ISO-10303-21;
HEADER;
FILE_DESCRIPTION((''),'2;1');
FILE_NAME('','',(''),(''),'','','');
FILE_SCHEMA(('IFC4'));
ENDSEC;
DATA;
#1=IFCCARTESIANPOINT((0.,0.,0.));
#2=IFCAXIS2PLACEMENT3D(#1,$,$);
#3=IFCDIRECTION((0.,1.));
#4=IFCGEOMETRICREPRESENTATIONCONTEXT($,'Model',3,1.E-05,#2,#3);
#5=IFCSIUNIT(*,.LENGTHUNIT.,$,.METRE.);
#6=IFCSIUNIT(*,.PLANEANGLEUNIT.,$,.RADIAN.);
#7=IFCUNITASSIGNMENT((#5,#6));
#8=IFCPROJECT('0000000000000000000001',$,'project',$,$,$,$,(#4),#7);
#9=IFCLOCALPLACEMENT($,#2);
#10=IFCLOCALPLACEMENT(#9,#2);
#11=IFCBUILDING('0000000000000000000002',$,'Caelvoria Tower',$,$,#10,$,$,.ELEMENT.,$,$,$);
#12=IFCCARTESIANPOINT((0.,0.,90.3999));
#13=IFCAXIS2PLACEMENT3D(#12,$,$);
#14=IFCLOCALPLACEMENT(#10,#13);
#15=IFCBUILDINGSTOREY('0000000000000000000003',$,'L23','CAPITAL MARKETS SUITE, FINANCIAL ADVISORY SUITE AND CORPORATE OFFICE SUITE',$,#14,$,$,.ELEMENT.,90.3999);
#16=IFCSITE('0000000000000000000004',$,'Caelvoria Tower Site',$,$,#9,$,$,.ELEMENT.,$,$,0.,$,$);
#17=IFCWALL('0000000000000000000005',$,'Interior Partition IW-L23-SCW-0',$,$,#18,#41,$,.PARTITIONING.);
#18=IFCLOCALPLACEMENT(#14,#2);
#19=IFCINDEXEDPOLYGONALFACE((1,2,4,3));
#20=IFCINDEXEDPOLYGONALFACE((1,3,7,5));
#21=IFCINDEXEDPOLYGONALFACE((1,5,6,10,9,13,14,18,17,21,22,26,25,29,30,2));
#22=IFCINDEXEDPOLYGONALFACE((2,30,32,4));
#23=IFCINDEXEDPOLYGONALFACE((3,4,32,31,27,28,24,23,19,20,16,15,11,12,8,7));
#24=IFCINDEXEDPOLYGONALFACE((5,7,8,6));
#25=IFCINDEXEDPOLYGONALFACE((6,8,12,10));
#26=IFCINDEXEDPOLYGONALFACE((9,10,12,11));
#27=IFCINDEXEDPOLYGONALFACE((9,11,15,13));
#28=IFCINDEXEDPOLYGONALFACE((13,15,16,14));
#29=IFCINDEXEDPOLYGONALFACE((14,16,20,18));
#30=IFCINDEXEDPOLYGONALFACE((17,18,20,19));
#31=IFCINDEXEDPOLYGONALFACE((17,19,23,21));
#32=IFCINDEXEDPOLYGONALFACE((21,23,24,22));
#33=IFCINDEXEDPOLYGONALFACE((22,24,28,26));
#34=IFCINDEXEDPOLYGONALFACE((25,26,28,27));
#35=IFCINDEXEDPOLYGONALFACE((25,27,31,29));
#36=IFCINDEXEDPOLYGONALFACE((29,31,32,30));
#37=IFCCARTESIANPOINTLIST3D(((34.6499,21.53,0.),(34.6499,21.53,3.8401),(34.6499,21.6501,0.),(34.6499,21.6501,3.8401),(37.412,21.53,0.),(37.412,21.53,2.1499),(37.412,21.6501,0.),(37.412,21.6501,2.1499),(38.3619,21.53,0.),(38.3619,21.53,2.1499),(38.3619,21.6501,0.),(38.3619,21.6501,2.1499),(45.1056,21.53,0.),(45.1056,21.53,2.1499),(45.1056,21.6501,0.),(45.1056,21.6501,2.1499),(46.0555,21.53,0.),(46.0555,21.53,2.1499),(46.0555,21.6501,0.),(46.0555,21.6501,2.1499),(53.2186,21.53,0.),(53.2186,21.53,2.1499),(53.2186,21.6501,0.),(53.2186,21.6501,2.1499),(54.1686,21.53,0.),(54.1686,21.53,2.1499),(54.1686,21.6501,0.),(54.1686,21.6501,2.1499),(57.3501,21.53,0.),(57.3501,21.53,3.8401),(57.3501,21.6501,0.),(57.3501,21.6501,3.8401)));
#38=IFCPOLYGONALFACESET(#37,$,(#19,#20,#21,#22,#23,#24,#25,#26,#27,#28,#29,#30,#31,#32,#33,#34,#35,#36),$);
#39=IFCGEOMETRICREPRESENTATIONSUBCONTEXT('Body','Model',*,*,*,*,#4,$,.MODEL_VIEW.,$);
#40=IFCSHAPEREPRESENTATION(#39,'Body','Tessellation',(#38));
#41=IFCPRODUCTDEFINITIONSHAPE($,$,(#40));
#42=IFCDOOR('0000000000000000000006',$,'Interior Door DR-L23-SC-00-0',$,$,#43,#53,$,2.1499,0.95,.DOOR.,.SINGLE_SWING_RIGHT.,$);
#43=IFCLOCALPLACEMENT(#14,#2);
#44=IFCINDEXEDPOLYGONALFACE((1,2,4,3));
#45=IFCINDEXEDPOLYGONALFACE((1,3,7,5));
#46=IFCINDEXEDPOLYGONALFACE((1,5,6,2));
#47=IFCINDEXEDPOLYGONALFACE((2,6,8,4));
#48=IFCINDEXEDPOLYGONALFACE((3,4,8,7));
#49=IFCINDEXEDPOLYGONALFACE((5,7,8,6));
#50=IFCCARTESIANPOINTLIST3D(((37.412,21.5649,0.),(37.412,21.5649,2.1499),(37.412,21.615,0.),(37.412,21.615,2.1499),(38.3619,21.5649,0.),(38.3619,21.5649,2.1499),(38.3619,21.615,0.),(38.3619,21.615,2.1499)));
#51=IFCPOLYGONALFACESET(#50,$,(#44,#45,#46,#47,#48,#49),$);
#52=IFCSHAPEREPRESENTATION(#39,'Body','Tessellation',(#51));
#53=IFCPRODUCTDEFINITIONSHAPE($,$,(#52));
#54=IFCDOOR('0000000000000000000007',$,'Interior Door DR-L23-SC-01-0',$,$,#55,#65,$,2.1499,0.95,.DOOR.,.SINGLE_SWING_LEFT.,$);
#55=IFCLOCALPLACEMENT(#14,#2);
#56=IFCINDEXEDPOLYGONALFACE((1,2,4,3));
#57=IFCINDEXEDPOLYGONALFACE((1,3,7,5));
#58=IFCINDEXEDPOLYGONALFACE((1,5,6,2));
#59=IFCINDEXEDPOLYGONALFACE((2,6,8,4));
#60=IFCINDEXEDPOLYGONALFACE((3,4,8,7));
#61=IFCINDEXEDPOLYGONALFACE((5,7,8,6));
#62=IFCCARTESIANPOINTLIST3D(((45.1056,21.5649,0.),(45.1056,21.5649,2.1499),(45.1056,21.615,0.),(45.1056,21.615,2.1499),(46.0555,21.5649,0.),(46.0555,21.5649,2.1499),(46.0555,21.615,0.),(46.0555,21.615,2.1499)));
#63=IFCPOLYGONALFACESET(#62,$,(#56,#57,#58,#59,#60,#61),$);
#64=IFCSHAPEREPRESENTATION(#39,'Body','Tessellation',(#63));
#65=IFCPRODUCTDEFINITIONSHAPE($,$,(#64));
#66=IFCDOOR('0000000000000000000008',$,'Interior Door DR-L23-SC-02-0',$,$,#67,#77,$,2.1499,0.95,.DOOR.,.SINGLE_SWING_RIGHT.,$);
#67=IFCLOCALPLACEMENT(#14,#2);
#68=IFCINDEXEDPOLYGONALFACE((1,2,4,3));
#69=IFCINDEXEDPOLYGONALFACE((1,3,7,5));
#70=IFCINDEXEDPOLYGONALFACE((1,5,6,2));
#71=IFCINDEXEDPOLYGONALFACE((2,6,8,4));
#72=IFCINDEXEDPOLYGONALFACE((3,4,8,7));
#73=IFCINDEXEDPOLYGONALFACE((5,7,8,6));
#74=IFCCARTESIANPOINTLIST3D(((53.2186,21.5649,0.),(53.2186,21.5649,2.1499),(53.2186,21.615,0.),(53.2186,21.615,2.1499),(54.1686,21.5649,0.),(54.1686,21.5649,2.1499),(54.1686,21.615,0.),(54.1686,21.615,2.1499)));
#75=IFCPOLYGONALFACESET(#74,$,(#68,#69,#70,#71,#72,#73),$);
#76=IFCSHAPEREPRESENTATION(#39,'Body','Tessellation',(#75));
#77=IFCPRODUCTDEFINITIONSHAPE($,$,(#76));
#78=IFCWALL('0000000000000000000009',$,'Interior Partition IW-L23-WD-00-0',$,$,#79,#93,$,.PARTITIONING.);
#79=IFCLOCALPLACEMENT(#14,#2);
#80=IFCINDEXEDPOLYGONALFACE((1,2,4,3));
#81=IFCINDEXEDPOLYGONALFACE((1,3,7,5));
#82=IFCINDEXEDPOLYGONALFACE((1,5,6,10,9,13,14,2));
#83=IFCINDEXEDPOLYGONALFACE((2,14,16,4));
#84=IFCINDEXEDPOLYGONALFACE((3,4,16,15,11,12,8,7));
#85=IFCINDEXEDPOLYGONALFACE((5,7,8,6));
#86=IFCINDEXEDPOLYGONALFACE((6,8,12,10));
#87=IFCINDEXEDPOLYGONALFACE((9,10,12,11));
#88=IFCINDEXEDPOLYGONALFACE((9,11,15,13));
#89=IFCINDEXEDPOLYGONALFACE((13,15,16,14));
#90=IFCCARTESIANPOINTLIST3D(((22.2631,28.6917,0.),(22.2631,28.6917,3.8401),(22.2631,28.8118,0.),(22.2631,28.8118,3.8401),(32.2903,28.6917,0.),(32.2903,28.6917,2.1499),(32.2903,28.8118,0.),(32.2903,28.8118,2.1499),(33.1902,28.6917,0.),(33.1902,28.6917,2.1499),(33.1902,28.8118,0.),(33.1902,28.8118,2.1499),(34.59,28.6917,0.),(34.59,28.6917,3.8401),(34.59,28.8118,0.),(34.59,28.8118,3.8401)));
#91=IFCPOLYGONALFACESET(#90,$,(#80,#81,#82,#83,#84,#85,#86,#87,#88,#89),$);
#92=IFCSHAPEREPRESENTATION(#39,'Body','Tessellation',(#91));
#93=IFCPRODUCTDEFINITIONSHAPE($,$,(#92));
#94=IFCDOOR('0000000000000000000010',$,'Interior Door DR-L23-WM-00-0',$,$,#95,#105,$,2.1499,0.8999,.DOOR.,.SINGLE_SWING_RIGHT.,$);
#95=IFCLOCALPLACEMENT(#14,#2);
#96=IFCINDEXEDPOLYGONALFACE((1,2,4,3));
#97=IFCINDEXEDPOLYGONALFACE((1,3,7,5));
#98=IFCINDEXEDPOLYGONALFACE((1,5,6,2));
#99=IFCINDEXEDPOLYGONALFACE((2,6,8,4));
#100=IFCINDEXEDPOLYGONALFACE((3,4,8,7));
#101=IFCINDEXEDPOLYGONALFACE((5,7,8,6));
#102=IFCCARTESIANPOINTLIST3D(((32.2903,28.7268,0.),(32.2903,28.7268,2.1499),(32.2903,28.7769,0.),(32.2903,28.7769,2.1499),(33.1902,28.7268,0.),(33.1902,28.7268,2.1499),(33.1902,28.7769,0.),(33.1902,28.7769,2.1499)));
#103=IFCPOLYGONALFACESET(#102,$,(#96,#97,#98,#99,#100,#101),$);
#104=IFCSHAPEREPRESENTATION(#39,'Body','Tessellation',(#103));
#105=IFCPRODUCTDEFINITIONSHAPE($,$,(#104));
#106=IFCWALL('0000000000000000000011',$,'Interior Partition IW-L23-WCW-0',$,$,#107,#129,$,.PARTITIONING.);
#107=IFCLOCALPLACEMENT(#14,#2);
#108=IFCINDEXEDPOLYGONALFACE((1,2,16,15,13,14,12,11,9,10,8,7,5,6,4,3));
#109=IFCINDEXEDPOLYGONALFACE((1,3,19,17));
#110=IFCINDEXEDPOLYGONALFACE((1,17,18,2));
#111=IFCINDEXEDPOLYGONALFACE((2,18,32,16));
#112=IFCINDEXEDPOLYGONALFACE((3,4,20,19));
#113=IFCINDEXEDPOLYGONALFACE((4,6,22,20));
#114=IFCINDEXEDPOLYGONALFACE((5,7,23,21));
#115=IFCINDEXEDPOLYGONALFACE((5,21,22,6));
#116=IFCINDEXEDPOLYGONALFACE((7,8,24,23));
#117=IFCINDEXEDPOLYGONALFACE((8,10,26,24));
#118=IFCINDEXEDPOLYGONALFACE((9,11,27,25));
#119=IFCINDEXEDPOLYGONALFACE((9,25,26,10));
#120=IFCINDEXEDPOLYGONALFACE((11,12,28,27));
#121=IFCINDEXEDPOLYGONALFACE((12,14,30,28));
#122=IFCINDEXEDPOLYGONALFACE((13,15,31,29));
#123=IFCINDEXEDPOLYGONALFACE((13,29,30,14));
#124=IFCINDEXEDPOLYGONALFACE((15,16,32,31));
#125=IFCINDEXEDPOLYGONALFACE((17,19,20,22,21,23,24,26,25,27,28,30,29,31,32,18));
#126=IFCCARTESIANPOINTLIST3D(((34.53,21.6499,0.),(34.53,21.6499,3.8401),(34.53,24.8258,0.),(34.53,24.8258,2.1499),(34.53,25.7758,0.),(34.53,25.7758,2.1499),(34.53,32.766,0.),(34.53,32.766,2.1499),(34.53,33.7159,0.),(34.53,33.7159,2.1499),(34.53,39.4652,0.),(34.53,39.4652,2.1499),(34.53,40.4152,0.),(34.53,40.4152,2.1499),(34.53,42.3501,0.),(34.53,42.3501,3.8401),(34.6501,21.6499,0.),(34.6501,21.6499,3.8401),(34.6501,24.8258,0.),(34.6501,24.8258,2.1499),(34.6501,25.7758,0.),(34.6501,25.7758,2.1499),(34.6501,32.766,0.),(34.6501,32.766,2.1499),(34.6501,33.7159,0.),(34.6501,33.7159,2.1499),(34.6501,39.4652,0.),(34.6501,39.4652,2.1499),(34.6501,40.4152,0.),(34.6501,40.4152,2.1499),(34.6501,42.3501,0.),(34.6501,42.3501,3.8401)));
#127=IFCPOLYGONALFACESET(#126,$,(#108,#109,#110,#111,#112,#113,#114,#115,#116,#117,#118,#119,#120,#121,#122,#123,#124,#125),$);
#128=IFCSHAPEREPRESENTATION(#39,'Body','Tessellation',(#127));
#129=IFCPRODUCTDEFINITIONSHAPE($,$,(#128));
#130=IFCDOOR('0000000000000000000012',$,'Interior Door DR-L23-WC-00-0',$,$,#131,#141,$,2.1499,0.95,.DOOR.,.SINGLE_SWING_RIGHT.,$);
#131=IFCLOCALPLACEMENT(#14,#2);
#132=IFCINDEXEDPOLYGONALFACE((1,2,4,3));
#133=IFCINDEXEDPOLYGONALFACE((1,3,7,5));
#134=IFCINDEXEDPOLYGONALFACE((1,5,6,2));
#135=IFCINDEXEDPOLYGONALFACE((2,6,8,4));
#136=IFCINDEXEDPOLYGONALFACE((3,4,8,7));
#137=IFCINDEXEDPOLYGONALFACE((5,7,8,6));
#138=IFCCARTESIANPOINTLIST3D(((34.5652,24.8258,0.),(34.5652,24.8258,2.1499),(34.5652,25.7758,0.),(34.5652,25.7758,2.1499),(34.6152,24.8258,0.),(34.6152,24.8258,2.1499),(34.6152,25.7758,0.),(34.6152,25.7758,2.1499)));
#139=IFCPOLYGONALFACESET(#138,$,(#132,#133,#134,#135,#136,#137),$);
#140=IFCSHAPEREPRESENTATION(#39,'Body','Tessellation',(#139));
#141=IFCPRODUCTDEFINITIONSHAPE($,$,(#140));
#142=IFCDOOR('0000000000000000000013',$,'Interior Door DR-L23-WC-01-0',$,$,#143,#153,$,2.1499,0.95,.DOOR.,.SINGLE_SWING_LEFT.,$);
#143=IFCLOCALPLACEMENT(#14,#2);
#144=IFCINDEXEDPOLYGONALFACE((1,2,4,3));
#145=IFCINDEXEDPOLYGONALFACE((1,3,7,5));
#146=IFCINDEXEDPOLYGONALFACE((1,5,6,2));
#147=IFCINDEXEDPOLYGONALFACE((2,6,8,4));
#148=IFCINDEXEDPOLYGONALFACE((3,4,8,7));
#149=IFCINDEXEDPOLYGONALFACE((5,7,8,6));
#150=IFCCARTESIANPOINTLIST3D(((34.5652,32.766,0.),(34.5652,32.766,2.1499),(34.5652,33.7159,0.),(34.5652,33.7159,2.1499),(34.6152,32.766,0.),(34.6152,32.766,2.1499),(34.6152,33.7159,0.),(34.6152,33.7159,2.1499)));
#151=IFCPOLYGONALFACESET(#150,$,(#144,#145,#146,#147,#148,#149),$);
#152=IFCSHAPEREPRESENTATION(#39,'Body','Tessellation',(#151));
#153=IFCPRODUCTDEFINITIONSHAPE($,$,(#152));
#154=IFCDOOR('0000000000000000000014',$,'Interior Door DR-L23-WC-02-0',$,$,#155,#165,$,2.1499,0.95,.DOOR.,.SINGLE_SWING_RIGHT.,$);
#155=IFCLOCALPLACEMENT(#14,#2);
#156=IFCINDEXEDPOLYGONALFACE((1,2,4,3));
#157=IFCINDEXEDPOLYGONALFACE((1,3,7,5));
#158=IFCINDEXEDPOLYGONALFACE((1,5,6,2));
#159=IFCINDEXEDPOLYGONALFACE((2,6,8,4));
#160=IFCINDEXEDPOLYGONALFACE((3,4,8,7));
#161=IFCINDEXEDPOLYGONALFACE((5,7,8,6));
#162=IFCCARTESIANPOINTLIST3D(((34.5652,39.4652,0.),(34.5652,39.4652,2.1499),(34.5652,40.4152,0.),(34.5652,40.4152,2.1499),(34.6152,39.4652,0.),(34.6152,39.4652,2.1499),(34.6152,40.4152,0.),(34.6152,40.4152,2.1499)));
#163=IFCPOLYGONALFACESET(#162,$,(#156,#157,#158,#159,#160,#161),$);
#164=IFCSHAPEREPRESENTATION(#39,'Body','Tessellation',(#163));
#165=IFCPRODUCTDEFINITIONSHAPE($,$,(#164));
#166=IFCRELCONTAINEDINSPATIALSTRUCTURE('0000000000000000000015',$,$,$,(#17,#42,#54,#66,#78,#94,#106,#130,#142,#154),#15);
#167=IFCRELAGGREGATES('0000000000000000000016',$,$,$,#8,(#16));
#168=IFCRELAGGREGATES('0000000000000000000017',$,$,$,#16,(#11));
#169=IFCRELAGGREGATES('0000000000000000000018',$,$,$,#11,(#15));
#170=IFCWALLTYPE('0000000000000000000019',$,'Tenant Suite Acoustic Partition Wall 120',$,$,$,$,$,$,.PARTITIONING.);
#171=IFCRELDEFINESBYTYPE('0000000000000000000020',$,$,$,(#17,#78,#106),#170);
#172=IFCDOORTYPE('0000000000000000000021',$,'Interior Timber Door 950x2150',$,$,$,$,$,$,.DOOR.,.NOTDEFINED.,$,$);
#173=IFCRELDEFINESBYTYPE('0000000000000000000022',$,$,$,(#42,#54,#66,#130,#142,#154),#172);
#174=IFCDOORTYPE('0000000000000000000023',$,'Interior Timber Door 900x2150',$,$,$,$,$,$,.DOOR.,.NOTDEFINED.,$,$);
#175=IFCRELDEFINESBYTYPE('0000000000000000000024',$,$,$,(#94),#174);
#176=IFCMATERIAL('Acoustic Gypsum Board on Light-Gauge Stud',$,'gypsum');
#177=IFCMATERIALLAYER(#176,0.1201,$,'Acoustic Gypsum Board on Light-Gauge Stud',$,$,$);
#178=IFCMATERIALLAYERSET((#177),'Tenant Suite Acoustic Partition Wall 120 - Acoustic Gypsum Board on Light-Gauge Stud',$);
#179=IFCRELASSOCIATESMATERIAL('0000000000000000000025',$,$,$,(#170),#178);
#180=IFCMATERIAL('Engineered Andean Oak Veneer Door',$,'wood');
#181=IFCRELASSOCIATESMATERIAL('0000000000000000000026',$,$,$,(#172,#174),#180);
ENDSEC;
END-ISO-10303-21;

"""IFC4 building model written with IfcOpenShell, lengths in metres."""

from ifc_helpers import new_model, si_unit, direction, frame, frame_2d, origin, place, context, subcontext, project, spatial, rectangle, extrude, material, layer, layer_set, type_object, element, fill, save


model = new_model("IFC4")

# Units and contexts
model_context = context("Model", 3, precision=1e-05, world=origin(), true_north=direction((0.0, 1.0)))
body_context = subcontext(model_context, "Body", "Model", "MODEL_VIEW")
ifc_project = project(units=[si_unit("LENGTHUNIT", "METRE"), si_unit("PLANEANGLEUNIT", "RADIAN")], contexts=[model_context])

# Site, building, storey
site_placement = place(None, origin())
site = spatial("IfcSite", under=ifc_project, at=site_placement, Name="Caelvoria Tower Site", CompositionType="ELEMENT", RefElevation=0.0)
building_placement = place(site_placement, origin())
building = spatial("IfcBuilding", under=site, at=building_placement, Name="Caelvoria Tower", CompositionType="ELEMENT")
storey_placement = place(building_placement, frame((0.0, 0.0, 90.3999)))
storey = spatial("IfcBuildingStorey", under=building, at=storey_placement, Name="L23", Description="CAPITAL MARKETS SUITE, FINANCIAL ADVISORY SUITE AND CORPORATE OFFICE SUITE", CompositionType="ELEMENT", Elevation=90.3999)

# Wall, openings, doors
ifc_material_1 = material(Name="Acoustic Gypsum Board on Light-Gauge Stud", Category="gypsum")
ifc_layer_1 = layer(ifc_material_1, 0.1201, Name="Acoustic Gypsum Board on Light-Gauge Stud")
ifc_layer_set_1 = layer_set([ifc_layer_1], Name="Tenant Suite Acoustic Partition Wall 120 - Acoustic Gypsum Board on Light-Gauge Stud")
wall_type_1 = type_object("IfcWallType", Name="Tenant Suite Acoustic Partition Wall 120", PredefinedType="PARTITIONING", material=ifc_layer_set_1)
wall_1_placement = place(storey_placement, frame((34.6499, 21.5901, 0.0), z_axis=(0.0, 0.0, 1.0), x_axis=(1.0, 0.0, 0.0)))
wall_1 = element("IfcWall", 1, at=wall_1_placement, inside=storey, type_object=wall_type_1, Name="Interior Partition IW-L23-SCW-0", PredefinedType="PARTITIONING", context=body_context, shape_type="SweptSolid", body=[
    extrude(rectangle(XDim=22.7002, YDim=0.1201, at=frame_2d((11.3501, 0.0))), origin(), (0.0, 0.0, 1.0), 3.8401),
])
opening_1_placement = place(wall_1_placement, frame((2.762, 0.0, 0.0)))
opening_1 = element("IfcOpeningElement", 2, at=opening_1_placement, cuts=wall_1, PredefinedType="OPENING", context=body_context, shape_type="SweptSolid", body=[
    extrude(rectangle(XDim=0.95, YDim=2.1499, at=frame_2d((0.4751, 1.075))), frame((0.0, 0.0701, 0.0), z_axis=(0.0, -1.0, 0.0), x_axis=(1.0, 0.0, 0.0)), (0.0, 0.0, 1.0), 0.1401),
])
opening_2_placement = place(wall_1_placement, frame((10.4556, 0.0, 0.0)))
opening_2 = element("IfcOpeningElement", 3, at=opening_2_placement, cuts=wall_1, PredefinedType="OPENING", context=body_context, shape_type="SweptSolid", body=[
    extrude(rectangle(XDim=0.95, YDim=2.1499, at=frame_2d((0.4751, 1.075))), frame((0.0, 0.0701, 0.0), z_axis=(0.0, -1.0, 0.0), x_axis=(1.0, 0.0, 0.0)), (0.0, 0.0, 1.0), 0.1401),
])
opening_3_placement = place(wall_1_placement, frame((18.5686, 0.0, 0.0)))
opening_3 = element("IfcOpeningElement", 4, at=opening_3_placement, cuts=wall_1, PredefinedType="OPENING", context=body_context, shape_type="SweptSolid", body=[
    extrude(rectangle(XDim=0.95, YDim=2.1499, at=frame_2d((0.4751, 1.075))), frame((0.0, 0.0701, 0.0), z_axis=(0.0, -1.0, 0.0), x_axis=(1.0, 0.0, 0.0)), (0.0, 0.0, 1.0), 0.1401),
])
ifc_material_2 = material(Name="Engineered Andean Oak Veneer Door", Category="wood")
door_type_1 = type_object("IfcDoorType", Name="Interior Timber Door 950x2150", OperationType="NOTDEFINED", PredefinedType="DOOR", material=ifc_material_2)
door_1_placement = place(opening_1_placement, origin())
door_1 = element("IfcDoor", 5, at=door_1_placement, inside=storey, type_object=door_type_1, Name="Interior Door DR-L23-SC-00-0", OperationType="SINGLE_SWING_RIGHT", OverallHeight=2.1499, OverallWidth=0.95, PredefinedType="DOOR", context=body_context, shape_type="SweptSolid", body=[
    extrude(rectangle(XDim=0.95, YDim=2.1499, at=frame_2d((0.4751, 1.075))), frame((0.0, 0.0249, 0.0), z_axis=(0.0, -1.0, 0.0), x_axis=(1.0, 0.0, 0.0)), (0.0, 0.0, 1.0), 0.05),
])
fill(opening_1, door_1)
door_2_placement = place(opening_2_placement, origin())
door_2 = element("IfcDoor", 6, at=door_2_placement, inside=storey, type_object=door_type_1, Name="Interior Door DR-L23-SC-01-0", OperationType="SINGLE_SWING_LEFT", OverallHeight=2.1499, OverallWidth=0.95, PredefinedType="DOOR", context=body_context, shape_type="SweptSolid", body=[
    extrude(rectangle(XDim=0.95, YDim=2.1499, at=frame_2d((0.4751, 1.075))), frame((0.0, 0.0249, 0.0), z_axis=(0.0, -1.0, 0.0), x_axis=(1.0, 0.0, 0.0)), (0.0, 0.0, 1.0), 0.05),
])
fill(opening_2, door_2)
door_3_placement = place(opening_3_placement, origin())
door_3 = element("IfcDoor", 7, at=door_3_placement, inside=storey, type_object=door_type_1, Name="Interior Door DR-L23-SC-02-0", OperationType="SINGLE_SWING_RIGHT", OverallHeight=2.1499, OverallWidth=0.95, PredefinedType="DOOR", context=body_context, shape_type="SweptSolid", body=[
    extrude(rectangle(XDim=0.95, YDim=2.1499, at=frame_2d((0.4751, 1.075))), frame((0.0, 0.0249, 0.0), z_axis=(0.0, -1.0, 0.0), x_axis=(1.0, 0.0, 0.0)), (0.0, 0.0, 1.0), 0.05),
])
fill(opening_3, door_3)

# Wall, opening, door
wall_2_placement = place(storey_placement, frame((34.5901, 28.7517, 0.0), z_axis=(0.0, 0.0, 1.0), x_axis=(-1.0, 0.0, 0.0)))
wall_2 = element("IfcWall", 8, at=wall_2_placement, inside=storey, type_object=wall_type_1, Name="Interior Partition IW-L23-WD-00-0", PredefinedType="PARTITIONING", context=body_context, shape_type="SweptSolid", body=[
    extrude(rectangle(XDim=12.3269, YDim=0.1201, at=frame_2d((6.1636, 0.0))), origin(), (0.0, 0.0, 1.0), 3.8401),
])
opening_4_placement = place(wall_2_placement, frame((1.3999, 0.0, 0.0)))
opening_4 = element("IfcOpeningElement", 9, at=opening_4_placement, cuts=wall_2, PredefinedType="OPENING", context=body_context, shape_type="SweptSolid", body=[
    extrude(rectangle(XDim=0.8999, YDim=2.1499, at=frame_2d((0.45, 1.075))), frame((0.0, 0.0701, 0.0), z_axis=(0.0, -1.0, 0.0), x_axis=(1.0, 0.0, 0.0)), (0.0, 0.0, 1.0), 0.1401),
])
door_type_2 = type_object("IfcDoorType", Name="Interior Timber Door 900x2150", OperationType="NOTDEFINED", PredefinedType="DOOR", material=ifc_material_2)
door_4_placement = place(opening_4_placement, origin())
door_4 = element("IfcDoor", 10, at=door_4_placement, inside=storey, type_object=door_type_2, Name="Interior Door DR-L23-WM-00-0", OperationType="SINGLE_SWING_RIGHT", OverallHeight=2.1499, OverallWidth=0.8999, PredefinedType="DOOR", context=body_context, shape_type="SweptSolid", body=[
    extrude(rectangle(XDim=0.8999, YDim=2.1499, at=frame_2d((0.45, 1.075))), frame((0.0, 0.0249, 0.0), z_axis=(0.0, -1.0, 0.0), x_axis=(1.0, 0.0, 0.0)), (0.0, 0.0, 1.0), 0.05),
])
fill(opening_4, door_4)

# Wall, openings, doors
wall_3_placement = place(storey_placement, frame((34.5901, 21.6499, 0.0), z_axis=(0.0, 0.0, 1.0), x_axis=(0.0, 1.0, 0.0)))
wall_3 = element("IfcWall", 11, at=wall_3_placement, inside=storey, type_object=wall_type_1, Name="Interior Partition IW-L23-WCW-0", PredefinedType="PARTITIONING", context=body_context, shape_type="SweptSolid", body=[
    extrude(rectangle(XDim=20.7002, YDim=0.1201, at=frame_2d((10.3501, 0.0))), origin(), (0.0, 0.0, 1.0), 3.8401),
])
opening_5_placement = place(wall_3_placement, frame((3.1758, 0.0, 0.0)))
opening_5 = element("IfcOpeningElement", 12, at=opening_5_placement, cuts=wall_3, PredefinedType="OPENING", context=body_context, shape_type="SweptSolid", body=[
    extrude(rectangle(XDim=0.95, YDim=2.1499, at=frame_2d((0.4751, 1.075))), frame((0.0, 0.0701, 0.0), z_axis=(0.0, -1.0, 0.0), x_axis=(1.0, 0.0, 0.0)), (0.0, 0.0, 1.0), 0.1401),
])
opening_6_placement = place(wall_3_placement, frame((11.116, 0.0, 0.0)))
opening_6 = element("IfcOpeningElement", 13, at=opening_6_placement, cuts=wall_3, PredefinedType="OPENING", context=body_context, shape_type="SweptSolid", body=[
    extrude(rectangle(XDim=0.95, YDim=2.1499, at=frame_2d((0.4751, 1.075))), frame((0.0, 0.0701, 0.0), z_axis=(0.0, -1.0, 0.0), x_axis=(1.0, 0.0, 0.0)), (0.0, 0.0, 1.0), 0.1401),
])
opening_7_placement = place(wall_3_placement, frame((17.8152, 0.0, 0.0)))
opening_7 = element("IfcOpeningElement", 14, at=opening_7_placement, cuts=wall_3, PredefinedType="OPENING", context=body_context, shape_type="SweptSolid", body=[
    extrude(rectangle(XDim=0.95, YDim=2.1499, at=frame_2d((0.4751, 1.075))), frame((0.0, 0.0701, 0.0), z_axis=(0.0, -1.0, 0.0), x_axis=(1.0, 0.0, 0.0)), (0.0, 0.0, 1.0), 0.1401),
])
door_5_placement = place(opening_5_placement, origin())
door_5 = element("IfcDoor", 15, at=door_5_placement, inside=storey, type_object=door_type_1, Name="Interior Door DR-L23-WC-00-0", OperationType="SINGLE_SWING_RIGHT", OverallHeight=2.1499, OverallWidth=0.95, PredefinedType="DOOR", context=body_context, shape_type="SweptSolid", body=[
    extrude(rectangle(XDim=0.95, YDim=2.1499, at=frame_2d((0.4751, 1.075))), frame((0.0, 0.0249, 0.0), z_axis=(0.0, -1.0, 0.0), x_axis=(1.0, 0.0, 0.0)), (0.0, 0.0, 1.0), 0.05),
])
fill(opening_5, door_5)
door_6_placement = place(opening_6_placement, origin())
door_6 = element("IfcDoor", 16, at=door_6_placement, inside=storey, type_object=door_type_1, Name="Interior Door DR-L23-WC-01-0", OperationType="SINGLE_SWING_LEFT", OverallHeight=2.1499, OverallWidth=0.95, PredefinedType="DOOR", context=body_context, shape_type="SweptSolid", body=[
    extrude(rectangle(XDim=0.95, YDim=2.1499, at=frame_2d((0.4751, 1.075))), frame((0.0, 0.0249, 0.0), z_axis=(0.0, -1.0, 0.0), x_axis=(1.0, 0.0, 0.0)), (0.0, 0.0, 1.0), 0.05),
])
fill(opening_6, door_6)
door_7_placement = place(opening_7_placement, origin())
door_7 = element("IfcDoor", 17, at=door_7_placement, inside=storey, type_object=door_type_1, Name="Interior Door DR-L23-WC-02-0", OperationType="SINGLE_SWING_RIGHT", OverallHeight=2.1499, OverallWidth=0.95, PredefinedType="DOOR", context=body_context, shape_type="SweptSolid", body=[
    extrude(rectangle(XDim=0.95, YDim=2.1499, at=frame_2d((0.4751, 1.075))), frame((0.0, 0.0249, 0.0), z_axis=(0.0, -1.0, 0.0), x_axis=(1.0, 0.0, 0.0)), (0.0, 0.0, 1.0), 0.05),
])
fill(opening_7, door_7)

save(model, "model.ifc")
